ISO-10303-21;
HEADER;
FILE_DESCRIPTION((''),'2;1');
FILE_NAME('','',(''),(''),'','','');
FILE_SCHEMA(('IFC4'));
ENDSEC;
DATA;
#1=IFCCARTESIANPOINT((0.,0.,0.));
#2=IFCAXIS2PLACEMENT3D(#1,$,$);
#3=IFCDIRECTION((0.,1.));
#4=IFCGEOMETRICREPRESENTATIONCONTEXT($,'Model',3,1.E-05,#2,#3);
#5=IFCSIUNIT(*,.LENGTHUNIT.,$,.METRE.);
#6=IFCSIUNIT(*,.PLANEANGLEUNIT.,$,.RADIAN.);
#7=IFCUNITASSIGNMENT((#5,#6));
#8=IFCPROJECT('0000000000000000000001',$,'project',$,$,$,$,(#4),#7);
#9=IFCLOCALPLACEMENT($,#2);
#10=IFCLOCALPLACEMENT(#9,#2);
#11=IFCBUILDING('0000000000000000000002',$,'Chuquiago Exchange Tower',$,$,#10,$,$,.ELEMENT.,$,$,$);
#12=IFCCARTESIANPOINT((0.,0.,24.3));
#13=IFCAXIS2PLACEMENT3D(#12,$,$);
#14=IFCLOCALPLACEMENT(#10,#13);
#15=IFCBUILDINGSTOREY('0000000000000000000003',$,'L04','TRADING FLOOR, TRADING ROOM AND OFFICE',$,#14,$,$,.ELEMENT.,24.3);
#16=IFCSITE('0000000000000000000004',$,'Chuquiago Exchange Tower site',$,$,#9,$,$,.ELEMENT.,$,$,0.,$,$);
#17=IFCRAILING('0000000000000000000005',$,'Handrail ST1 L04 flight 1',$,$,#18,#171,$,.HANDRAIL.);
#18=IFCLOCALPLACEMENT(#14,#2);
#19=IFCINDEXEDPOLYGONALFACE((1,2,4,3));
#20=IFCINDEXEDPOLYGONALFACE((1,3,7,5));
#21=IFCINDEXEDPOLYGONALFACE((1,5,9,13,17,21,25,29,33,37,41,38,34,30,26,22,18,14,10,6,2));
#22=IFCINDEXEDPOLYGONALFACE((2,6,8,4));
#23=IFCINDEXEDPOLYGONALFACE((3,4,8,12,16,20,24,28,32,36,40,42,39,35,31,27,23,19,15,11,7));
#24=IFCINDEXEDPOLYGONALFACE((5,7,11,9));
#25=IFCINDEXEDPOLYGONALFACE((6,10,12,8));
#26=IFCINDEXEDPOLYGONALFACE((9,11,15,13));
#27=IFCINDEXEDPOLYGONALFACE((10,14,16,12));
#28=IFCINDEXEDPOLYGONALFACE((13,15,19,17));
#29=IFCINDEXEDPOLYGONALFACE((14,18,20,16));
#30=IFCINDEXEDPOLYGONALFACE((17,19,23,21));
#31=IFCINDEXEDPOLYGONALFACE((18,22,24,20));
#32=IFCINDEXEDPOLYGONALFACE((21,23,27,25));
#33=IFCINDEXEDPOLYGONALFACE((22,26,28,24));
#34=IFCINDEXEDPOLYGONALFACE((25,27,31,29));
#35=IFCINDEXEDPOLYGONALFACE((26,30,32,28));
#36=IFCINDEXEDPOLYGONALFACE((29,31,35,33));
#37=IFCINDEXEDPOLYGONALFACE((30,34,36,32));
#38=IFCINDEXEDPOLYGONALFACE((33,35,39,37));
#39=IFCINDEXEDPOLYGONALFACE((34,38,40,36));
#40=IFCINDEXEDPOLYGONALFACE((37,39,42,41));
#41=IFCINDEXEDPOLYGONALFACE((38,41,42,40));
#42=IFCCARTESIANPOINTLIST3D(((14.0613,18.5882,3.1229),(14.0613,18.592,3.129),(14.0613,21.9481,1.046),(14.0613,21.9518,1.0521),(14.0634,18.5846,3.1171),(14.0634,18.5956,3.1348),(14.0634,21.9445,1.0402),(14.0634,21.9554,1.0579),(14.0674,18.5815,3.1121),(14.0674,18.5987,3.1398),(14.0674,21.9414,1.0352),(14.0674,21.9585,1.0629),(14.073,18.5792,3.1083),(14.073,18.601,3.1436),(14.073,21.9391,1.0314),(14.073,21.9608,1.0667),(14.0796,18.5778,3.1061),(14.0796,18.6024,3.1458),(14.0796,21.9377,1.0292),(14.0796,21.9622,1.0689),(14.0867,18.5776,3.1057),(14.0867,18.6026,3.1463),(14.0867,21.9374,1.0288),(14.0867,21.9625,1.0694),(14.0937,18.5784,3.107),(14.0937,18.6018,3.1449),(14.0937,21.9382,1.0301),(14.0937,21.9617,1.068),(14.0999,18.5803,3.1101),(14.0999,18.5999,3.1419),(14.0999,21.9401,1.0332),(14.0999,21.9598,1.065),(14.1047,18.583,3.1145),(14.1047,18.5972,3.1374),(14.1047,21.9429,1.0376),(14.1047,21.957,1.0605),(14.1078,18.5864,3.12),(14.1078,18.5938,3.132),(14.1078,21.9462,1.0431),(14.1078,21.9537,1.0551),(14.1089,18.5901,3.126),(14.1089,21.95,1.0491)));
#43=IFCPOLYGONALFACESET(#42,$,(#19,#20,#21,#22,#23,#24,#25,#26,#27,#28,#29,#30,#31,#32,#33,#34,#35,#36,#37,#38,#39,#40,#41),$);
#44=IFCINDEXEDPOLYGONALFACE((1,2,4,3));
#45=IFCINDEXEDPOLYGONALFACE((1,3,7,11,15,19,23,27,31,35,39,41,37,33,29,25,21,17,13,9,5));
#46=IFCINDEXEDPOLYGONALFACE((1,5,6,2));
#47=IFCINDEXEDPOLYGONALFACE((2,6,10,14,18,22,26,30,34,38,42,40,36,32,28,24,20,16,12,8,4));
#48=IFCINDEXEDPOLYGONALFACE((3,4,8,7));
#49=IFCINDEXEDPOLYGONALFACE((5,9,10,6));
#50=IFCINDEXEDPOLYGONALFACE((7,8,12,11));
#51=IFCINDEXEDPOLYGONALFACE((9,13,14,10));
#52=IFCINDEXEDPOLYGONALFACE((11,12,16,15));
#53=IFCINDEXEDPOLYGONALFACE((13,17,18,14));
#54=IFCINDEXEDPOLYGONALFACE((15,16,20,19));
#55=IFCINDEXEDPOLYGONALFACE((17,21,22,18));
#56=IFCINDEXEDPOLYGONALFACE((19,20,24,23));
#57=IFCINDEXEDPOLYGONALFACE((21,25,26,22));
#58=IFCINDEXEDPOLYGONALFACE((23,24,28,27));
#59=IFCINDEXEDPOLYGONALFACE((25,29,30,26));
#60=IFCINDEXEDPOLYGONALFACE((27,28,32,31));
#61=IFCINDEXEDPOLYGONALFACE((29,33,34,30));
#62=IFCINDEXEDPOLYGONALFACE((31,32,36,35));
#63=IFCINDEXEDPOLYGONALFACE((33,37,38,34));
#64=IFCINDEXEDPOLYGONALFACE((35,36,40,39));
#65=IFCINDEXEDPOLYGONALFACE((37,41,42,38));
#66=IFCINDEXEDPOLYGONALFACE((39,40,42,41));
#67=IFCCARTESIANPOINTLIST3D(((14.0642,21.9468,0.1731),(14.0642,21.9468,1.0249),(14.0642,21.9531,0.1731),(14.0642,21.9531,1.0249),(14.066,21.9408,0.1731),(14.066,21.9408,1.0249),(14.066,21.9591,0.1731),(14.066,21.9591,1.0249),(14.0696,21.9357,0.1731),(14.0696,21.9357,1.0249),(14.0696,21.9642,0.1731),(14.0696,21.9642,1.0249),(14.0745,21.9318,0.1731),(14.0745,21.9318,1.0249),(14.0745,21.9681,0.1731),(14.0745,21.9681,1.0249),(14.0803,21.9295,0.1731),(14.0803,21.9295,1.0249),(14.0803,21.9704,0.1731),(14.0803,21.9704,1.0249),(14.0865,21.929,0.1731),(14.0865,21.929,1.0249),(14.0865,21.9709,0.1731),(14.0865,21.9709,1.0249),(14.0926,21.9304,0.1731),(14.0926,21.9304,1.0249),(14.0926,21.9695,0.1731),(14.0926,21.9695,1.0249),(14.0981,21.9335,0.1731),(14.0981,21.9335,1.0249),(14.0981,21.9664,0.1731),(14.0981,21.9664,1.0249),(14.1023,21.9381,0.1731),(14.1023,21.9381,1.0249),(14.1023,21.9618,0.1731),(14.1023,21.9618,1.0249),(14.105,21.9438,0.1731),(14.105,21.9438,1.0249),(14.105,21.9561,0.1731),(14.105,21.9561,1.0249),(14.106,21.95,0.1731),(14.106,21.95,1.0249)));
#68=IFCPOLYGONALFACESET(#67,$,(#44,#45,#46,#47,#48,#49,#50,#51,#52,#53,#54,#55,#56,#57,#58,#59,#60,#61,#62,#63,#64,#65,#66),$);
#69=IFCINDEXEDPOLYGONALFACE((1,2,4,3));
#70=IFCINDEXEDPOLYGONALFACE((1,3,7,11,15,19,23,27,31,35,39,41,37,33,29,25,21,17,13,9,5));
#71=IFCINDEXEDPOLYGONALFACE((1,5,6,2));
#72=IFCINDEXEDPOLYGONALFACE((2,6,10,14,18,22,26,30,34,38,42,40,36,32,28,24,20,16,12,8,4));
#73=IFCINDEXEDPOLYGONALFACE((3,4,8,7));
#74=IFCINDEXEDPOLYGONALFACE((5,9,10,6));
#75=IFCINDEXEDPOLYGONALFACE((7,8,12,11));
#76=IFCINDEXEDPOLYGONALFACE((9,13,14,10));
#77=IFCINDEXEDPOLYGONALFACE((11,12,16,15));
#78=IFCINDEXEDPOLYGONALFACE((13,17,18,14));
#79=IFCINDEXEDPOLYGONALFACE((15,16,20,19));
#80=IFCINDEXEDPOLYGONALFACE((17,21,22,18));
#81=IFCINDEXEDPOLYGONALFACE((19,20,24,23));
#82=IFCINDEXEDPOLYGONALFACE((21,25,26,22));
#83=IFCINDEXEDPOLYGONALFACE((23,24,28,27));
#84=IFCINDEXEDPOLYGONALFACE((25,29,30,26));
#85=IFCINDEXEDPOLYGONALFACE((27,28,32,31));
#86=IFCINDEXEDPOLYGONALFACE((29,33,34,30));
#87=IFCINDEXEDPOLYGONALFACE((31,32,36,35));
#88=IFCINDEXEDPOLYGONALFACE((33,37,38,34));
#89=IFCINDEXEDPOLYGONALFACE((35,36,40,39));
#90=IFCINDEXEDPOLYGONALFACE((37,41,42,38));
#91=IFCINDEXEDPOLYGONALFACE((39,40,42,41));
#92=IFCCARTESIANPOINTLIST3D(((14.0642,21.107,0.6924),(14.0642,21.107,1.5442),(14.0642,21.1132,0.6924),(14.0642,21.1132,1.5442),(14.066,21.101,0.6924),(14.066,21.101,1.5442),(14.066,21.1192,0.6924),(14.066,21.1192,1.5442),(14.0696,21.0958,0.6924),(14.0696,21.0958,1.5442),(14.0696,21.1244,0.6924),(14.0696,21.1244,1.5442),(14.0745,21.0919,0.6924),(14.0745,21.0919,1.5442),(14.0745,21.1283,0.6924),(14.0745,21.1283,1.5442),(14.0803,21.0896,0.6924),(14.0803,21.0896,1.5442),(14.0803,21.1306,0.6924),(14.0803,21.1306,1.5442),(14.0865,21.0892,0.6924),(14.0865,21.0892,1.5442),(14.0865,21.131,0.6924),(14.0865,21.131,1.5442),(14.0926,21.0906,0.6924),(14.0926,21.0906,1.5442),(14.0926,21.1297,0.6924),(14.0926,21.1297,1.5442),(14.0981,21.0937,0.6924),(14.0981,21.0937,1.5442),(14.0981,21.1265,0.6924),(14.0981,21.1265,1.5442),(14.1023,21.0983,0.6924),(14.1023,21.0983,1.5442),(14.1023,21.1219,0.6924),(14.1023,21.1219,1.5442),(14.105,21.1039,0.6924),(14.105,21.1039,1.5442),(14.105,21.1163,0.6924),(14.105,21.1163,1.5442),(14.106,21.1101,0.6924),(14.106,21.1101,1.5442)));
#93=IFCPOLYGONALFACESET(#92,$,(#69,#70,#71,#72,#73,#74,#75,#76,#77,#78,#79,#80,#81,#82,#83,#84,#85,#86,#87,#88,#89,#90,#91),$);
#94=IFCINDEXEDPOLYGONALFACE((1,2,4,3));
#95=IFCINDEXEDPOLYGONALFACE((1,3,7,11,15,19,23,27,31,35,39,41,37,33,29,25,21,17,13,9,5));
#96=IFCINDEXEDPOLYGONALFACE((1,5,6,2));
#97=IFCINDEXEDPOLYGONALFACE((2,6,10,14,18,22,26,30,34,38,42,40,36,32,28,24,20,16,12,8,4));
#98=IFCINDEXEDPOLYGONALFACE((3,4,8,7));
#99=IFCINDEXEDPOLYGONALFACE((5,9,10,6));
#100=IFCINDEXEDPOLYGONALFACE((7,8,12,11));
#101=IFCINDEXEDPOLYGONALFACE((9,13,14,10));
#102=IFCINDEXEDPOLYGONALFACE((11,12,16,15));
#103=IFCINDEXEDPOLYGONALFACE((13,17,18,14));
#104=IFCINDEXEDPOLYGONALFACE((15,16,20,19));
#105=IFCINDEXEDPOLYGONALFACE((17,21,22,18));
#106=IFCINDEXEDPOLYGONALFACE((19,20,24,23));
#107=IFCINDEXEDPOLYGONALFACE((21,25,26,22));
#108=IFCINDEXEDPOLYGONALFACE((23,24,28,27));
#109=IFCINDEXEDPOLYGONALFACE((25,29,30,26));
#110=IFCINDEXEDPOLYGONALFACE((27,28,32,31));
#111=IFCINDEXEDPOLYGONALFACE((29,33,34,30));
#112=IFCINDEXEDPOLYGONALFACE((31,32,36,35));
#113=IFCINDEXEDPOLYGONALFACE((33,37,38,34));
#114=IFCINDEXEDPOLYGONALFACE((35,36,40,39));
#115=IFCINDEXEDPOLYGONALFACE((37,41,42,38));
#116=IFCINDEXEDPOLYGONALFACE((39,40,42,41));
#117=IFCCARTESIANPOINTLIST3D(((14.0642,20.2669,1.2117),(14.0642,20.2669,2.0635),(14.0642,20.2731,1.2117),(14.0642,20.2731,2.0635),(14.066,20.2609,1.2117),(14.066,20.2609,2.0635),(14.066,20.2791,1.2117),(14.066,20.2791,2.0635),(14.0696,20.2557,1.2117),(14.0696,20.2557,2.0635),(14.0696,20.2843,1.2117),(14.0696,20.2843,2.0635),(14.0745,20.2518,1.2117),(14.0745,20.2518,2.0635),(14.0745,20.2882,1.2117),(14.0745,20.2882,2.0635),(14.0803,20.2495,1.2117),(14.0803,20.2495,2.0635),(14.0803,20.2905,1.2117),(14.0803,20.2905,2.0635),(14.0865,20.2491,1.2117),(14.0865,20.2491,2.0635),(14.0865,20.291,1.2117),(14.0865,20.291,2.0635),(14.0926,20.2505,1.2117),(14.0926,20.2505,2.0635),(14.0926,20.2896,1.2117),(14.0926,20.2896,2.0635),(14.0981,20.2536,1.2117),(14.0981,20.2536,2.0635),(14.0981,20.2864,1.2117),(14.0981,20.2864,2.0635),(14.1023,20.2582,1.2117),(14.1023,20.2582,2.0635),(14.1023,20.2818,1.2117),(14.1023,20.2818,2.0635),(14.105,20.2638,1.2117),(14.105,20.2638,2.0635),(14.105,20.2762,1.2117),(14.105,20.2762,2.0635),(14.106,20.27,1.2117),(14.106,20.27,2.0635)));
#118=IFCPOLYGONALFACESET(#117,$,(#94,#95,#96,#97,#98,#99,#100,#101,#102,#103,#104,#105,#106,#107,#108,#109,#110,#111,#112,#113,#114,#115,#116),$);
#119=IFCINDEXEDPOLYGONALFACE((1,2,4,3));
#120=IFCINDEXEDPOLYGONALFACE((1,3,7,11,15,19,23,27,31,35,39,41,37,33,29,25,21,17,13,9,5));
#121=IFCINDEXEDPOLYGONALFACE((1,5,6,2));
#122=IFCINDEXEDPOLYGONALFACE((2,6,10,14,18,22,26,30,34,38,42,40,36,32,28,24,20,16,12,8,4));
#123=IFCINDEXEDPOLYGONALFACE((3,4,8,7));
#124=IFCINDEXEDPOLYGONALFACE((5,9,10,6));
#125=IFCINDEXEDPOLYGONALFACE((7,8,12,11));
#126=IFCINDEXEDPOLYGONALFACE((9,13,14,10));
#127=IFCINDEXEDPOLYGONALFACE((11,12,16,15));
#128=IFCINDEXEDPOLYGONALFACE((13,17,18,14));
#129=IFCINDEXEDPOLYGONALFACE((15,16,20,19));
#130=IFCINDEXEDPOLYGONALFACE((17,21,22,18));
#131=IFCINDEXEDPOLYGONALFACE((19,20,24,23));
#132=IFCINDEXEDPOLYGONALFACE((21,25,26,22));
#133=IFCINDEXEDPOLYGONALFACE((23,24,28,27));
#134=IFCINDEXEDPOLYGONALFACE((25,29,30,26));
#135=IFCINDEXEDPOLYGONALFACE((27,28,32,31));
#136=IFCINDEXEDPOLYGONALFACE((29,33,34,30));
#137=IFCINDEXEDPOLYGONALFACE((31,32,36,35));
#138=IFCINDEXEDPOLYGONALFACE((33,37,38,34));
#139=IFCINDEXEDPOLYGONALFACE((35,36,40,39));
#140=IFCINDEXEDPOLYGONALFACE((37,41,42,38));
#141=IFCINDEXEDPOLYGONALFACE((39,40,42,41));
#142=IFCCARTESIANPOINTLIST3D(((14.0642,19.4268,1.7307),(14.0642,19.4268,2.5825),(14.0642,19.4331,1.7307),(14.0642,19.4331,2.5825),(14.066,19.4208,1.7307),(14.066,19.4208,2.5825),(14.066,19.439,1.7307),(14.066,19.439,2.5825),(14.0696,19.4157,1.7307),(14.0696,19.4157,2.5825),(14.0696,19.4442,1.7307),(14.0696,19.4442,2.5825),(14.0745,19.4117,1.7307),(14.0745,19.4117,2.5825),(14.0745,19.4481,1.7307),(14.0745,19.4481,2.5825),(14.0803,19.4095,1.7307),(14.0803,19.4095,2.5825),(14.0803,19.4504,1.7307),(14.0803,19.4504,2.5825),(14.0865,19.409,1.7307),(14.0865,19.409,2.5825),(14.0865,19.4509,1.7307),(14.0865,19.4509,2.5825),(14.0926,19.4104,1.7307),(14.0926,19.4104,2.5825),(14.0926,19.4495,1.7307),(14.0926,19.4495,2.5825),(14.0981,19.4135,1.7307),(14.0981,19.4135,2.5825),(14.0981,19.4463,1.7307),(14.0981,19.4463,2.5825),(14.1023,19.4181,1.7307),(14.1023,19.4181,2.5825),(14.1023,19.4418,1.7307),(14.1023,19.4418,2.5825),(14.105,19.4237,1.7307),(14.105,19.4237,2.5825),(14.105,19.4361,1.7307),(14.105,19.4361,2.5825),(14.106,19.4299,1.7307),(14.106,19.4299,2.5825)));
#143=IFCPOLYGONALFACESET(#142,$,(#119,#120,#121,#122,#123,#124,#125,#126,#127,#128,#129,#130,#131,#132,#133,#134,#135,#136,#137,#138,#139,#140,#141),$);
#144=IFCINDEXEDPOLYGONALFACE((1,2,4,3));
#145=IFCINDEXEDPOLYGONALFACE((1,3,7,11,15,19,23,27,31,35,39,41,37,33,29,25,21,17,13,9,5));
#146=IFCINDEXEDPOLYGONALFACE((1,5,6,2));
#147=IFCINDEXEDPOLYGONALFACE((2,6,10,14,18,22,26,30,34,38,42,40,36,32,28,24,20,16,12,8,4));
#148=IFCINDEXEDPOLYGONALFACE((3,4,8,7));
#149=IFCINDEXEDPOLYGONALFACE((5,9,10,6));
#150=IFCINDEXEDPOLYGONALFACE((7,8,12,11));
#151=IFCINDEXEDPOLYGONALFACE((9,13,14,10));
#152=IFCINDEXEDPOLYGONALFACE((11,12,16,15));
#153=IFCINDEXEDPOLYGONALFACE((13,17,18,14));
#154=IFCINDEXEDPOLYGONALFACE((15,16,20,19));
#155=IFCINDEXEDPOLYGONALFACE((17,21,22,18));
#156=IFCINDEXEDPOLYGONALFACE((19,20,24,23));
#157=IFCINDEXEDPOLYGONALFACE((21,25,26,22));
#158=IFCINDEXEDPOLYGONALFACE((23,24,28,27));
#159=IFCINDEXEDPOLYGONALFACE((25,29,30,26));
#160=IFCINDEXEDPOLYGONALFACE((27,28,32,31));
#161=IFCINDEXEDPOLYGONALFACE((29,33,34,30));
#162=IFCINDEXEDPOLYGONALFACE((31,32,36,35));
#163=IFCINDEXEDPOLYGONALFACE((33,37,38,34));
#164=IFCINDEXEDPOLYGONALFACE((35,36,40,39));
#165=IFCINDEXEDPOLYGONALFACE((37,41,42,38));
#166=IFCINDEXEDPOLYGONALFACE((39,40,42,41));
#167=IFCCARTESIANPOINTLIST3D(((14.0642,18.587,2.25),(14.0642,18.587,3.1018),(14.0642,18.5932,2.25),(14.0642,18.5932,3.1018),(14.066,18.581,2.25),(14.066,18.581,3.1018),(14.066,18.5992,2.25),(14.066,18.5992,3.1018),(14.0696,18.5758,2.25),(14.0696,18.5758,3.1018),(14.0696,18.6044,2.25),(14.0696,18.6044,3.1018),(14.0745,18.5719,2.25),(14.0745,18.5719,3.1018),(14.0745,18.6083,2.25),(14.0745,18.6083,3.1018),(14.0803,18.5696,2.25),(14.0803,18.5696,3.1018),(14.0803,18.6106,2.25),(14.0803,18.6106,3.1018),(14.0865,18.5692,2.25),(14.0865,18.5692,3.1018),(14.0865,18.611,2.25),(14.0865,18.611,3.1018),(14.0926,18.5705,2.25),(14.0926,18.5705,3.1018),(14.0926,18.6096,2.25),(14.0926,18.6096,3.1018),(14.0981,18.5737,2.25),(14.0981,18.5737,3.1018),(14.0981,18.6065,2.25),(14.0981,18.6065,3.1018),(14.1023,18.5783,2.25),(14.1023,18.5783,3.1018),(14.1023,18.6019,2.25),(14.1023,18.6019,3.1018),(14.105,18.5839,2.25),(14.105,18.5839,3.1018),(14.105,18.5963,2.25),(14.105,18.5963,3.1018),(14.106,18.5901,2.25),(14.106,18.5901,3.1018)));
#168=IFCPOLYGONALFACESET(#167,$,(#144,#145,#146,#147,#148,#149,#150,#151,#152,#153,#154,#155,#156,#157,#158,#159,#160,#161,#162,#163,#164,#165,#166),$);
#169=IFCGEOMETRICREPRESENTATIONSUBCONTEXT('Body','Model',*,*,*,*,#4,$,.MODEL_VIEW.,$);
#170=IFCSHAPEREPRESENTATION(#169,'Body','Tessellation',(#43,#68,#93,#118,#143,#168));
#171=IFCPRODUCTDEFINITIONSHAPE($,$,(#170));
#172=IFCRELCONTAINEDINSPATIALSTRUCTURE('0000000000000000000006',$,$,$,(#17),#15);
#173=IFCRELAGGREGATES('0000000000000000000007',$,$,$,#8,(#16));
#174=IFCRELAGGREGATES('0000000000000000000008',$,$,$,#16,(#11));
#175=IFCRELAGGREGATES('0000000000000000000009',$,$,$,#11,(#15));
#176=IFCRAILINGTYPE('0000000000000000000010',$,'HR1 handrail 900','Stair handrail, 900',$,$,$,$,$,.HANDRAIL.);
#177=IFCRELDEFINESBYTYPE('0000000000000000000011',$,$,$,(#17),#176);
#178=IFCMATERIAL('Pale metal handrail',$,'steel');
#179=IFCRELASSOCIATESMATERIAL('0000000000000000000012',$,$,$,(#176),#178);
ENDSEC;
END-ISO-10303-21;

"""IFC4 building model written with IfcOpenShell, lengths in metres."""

from ifc_helpers import new_model, si_unit, direction, frame, origin, origin_2d, place, context, subcontext, project, spatial, circle, extrude, material, type_object, element, save


model = new_model("IFC4")

# Units and contexts
model_context = context("Model", 3, precision=1e-05, world=origin(), true_north=direction((0.0, 1.0)))
body_context = subcontext(model_context, "Body", "Model", "MODEL_VIEW")
ifc_project = project(units=[si_unit("LENGTHUNIT", "METRE"), si_unit("PLANEANGLEUNIT", "RADIAN")], contexts=[model_context])

# Site, building, storey
site_placement = place(None, origin())
site = spatial("IfcSite", under=ifc_project, at=site_placement, Name="Chuquiago Exchange Tower site", CompositionType="ELEMENT", RefElevation=0.0)
building_placement = place(site_placement, origin())
building = spatial("IfcBuilding", under=site, at=building_placement, Name="Chuquiago Exchange Tower", CompositionType="ELEMENT")
storey_placement = place(building_placement, frame((0.0, 0.0, 24.3)))
storey = spatial("IfcBuildingStorey", under=building, at=storey_placement, Name="L04", Description="TRADING FLOOR, TRADING ROOM AND OFFICE", CompositionType="ELEMENT", Elevation=24.3)

# Railing
ifc_material_1 = material(Name="Pale metal handrail", Category="steel")
railing_type = type_object("IfcRailingType", Name="HR1 handrail 900", Description="Stair handrail, 900", PredefinedType="HANDRAIL", material=ifc_material_1)
for number, where, name in (
    (1, (14.085, 21.95, 0.1731), "Handrail ST1 L04 flight 1"),
):
    element("IfcRailing", number, at=place(storey_placement, frame(where)), inside=storey, type_object=railing_type, Name=name, PredefinedType="HANDRAIL", context=body_context, shape_type="SweptSolid", body=[
        extrude(circle(Radius=0.0239, at=origin_2d()), frame((0.0, 0.0, 0.876), z_axis=(0.0, -0.850606, 0.525803), x_axis=(1.0, 0.0, 0.0)), (0.0, 0.0, 1.0), 3.95),
        extrude(circle(Radius=0.021, at=origin_2d()), origin(), (0.0, 0.0, 1.0), 0.8518),
        extrude(circle(Radius=0.021, at=origin_2d()), frame((0.0, -0.8398, 0.5193)), (0.0, 0.0, 1.0), 0.8518),
        extrude(circle(Radius=0.021, at=origin_2d()), frame((0.0, -1.6799, 1.0386)), (0.0, 0.0, 1.0), 0.8518),
        extrude(circle(Radius=0.021, at=origin_2d()), frame((0.0, -2.52, 1.5576)), (0.0, 0.0, 1.0), 0.8518),
        extrude(circle(Radius=0.021, at=origin_2d()), frame((0.0, -3.3599, 2.0769)), (0.0, 0.0, 1.0), 0.8518),
    ])

save(model, "model.ifc")
